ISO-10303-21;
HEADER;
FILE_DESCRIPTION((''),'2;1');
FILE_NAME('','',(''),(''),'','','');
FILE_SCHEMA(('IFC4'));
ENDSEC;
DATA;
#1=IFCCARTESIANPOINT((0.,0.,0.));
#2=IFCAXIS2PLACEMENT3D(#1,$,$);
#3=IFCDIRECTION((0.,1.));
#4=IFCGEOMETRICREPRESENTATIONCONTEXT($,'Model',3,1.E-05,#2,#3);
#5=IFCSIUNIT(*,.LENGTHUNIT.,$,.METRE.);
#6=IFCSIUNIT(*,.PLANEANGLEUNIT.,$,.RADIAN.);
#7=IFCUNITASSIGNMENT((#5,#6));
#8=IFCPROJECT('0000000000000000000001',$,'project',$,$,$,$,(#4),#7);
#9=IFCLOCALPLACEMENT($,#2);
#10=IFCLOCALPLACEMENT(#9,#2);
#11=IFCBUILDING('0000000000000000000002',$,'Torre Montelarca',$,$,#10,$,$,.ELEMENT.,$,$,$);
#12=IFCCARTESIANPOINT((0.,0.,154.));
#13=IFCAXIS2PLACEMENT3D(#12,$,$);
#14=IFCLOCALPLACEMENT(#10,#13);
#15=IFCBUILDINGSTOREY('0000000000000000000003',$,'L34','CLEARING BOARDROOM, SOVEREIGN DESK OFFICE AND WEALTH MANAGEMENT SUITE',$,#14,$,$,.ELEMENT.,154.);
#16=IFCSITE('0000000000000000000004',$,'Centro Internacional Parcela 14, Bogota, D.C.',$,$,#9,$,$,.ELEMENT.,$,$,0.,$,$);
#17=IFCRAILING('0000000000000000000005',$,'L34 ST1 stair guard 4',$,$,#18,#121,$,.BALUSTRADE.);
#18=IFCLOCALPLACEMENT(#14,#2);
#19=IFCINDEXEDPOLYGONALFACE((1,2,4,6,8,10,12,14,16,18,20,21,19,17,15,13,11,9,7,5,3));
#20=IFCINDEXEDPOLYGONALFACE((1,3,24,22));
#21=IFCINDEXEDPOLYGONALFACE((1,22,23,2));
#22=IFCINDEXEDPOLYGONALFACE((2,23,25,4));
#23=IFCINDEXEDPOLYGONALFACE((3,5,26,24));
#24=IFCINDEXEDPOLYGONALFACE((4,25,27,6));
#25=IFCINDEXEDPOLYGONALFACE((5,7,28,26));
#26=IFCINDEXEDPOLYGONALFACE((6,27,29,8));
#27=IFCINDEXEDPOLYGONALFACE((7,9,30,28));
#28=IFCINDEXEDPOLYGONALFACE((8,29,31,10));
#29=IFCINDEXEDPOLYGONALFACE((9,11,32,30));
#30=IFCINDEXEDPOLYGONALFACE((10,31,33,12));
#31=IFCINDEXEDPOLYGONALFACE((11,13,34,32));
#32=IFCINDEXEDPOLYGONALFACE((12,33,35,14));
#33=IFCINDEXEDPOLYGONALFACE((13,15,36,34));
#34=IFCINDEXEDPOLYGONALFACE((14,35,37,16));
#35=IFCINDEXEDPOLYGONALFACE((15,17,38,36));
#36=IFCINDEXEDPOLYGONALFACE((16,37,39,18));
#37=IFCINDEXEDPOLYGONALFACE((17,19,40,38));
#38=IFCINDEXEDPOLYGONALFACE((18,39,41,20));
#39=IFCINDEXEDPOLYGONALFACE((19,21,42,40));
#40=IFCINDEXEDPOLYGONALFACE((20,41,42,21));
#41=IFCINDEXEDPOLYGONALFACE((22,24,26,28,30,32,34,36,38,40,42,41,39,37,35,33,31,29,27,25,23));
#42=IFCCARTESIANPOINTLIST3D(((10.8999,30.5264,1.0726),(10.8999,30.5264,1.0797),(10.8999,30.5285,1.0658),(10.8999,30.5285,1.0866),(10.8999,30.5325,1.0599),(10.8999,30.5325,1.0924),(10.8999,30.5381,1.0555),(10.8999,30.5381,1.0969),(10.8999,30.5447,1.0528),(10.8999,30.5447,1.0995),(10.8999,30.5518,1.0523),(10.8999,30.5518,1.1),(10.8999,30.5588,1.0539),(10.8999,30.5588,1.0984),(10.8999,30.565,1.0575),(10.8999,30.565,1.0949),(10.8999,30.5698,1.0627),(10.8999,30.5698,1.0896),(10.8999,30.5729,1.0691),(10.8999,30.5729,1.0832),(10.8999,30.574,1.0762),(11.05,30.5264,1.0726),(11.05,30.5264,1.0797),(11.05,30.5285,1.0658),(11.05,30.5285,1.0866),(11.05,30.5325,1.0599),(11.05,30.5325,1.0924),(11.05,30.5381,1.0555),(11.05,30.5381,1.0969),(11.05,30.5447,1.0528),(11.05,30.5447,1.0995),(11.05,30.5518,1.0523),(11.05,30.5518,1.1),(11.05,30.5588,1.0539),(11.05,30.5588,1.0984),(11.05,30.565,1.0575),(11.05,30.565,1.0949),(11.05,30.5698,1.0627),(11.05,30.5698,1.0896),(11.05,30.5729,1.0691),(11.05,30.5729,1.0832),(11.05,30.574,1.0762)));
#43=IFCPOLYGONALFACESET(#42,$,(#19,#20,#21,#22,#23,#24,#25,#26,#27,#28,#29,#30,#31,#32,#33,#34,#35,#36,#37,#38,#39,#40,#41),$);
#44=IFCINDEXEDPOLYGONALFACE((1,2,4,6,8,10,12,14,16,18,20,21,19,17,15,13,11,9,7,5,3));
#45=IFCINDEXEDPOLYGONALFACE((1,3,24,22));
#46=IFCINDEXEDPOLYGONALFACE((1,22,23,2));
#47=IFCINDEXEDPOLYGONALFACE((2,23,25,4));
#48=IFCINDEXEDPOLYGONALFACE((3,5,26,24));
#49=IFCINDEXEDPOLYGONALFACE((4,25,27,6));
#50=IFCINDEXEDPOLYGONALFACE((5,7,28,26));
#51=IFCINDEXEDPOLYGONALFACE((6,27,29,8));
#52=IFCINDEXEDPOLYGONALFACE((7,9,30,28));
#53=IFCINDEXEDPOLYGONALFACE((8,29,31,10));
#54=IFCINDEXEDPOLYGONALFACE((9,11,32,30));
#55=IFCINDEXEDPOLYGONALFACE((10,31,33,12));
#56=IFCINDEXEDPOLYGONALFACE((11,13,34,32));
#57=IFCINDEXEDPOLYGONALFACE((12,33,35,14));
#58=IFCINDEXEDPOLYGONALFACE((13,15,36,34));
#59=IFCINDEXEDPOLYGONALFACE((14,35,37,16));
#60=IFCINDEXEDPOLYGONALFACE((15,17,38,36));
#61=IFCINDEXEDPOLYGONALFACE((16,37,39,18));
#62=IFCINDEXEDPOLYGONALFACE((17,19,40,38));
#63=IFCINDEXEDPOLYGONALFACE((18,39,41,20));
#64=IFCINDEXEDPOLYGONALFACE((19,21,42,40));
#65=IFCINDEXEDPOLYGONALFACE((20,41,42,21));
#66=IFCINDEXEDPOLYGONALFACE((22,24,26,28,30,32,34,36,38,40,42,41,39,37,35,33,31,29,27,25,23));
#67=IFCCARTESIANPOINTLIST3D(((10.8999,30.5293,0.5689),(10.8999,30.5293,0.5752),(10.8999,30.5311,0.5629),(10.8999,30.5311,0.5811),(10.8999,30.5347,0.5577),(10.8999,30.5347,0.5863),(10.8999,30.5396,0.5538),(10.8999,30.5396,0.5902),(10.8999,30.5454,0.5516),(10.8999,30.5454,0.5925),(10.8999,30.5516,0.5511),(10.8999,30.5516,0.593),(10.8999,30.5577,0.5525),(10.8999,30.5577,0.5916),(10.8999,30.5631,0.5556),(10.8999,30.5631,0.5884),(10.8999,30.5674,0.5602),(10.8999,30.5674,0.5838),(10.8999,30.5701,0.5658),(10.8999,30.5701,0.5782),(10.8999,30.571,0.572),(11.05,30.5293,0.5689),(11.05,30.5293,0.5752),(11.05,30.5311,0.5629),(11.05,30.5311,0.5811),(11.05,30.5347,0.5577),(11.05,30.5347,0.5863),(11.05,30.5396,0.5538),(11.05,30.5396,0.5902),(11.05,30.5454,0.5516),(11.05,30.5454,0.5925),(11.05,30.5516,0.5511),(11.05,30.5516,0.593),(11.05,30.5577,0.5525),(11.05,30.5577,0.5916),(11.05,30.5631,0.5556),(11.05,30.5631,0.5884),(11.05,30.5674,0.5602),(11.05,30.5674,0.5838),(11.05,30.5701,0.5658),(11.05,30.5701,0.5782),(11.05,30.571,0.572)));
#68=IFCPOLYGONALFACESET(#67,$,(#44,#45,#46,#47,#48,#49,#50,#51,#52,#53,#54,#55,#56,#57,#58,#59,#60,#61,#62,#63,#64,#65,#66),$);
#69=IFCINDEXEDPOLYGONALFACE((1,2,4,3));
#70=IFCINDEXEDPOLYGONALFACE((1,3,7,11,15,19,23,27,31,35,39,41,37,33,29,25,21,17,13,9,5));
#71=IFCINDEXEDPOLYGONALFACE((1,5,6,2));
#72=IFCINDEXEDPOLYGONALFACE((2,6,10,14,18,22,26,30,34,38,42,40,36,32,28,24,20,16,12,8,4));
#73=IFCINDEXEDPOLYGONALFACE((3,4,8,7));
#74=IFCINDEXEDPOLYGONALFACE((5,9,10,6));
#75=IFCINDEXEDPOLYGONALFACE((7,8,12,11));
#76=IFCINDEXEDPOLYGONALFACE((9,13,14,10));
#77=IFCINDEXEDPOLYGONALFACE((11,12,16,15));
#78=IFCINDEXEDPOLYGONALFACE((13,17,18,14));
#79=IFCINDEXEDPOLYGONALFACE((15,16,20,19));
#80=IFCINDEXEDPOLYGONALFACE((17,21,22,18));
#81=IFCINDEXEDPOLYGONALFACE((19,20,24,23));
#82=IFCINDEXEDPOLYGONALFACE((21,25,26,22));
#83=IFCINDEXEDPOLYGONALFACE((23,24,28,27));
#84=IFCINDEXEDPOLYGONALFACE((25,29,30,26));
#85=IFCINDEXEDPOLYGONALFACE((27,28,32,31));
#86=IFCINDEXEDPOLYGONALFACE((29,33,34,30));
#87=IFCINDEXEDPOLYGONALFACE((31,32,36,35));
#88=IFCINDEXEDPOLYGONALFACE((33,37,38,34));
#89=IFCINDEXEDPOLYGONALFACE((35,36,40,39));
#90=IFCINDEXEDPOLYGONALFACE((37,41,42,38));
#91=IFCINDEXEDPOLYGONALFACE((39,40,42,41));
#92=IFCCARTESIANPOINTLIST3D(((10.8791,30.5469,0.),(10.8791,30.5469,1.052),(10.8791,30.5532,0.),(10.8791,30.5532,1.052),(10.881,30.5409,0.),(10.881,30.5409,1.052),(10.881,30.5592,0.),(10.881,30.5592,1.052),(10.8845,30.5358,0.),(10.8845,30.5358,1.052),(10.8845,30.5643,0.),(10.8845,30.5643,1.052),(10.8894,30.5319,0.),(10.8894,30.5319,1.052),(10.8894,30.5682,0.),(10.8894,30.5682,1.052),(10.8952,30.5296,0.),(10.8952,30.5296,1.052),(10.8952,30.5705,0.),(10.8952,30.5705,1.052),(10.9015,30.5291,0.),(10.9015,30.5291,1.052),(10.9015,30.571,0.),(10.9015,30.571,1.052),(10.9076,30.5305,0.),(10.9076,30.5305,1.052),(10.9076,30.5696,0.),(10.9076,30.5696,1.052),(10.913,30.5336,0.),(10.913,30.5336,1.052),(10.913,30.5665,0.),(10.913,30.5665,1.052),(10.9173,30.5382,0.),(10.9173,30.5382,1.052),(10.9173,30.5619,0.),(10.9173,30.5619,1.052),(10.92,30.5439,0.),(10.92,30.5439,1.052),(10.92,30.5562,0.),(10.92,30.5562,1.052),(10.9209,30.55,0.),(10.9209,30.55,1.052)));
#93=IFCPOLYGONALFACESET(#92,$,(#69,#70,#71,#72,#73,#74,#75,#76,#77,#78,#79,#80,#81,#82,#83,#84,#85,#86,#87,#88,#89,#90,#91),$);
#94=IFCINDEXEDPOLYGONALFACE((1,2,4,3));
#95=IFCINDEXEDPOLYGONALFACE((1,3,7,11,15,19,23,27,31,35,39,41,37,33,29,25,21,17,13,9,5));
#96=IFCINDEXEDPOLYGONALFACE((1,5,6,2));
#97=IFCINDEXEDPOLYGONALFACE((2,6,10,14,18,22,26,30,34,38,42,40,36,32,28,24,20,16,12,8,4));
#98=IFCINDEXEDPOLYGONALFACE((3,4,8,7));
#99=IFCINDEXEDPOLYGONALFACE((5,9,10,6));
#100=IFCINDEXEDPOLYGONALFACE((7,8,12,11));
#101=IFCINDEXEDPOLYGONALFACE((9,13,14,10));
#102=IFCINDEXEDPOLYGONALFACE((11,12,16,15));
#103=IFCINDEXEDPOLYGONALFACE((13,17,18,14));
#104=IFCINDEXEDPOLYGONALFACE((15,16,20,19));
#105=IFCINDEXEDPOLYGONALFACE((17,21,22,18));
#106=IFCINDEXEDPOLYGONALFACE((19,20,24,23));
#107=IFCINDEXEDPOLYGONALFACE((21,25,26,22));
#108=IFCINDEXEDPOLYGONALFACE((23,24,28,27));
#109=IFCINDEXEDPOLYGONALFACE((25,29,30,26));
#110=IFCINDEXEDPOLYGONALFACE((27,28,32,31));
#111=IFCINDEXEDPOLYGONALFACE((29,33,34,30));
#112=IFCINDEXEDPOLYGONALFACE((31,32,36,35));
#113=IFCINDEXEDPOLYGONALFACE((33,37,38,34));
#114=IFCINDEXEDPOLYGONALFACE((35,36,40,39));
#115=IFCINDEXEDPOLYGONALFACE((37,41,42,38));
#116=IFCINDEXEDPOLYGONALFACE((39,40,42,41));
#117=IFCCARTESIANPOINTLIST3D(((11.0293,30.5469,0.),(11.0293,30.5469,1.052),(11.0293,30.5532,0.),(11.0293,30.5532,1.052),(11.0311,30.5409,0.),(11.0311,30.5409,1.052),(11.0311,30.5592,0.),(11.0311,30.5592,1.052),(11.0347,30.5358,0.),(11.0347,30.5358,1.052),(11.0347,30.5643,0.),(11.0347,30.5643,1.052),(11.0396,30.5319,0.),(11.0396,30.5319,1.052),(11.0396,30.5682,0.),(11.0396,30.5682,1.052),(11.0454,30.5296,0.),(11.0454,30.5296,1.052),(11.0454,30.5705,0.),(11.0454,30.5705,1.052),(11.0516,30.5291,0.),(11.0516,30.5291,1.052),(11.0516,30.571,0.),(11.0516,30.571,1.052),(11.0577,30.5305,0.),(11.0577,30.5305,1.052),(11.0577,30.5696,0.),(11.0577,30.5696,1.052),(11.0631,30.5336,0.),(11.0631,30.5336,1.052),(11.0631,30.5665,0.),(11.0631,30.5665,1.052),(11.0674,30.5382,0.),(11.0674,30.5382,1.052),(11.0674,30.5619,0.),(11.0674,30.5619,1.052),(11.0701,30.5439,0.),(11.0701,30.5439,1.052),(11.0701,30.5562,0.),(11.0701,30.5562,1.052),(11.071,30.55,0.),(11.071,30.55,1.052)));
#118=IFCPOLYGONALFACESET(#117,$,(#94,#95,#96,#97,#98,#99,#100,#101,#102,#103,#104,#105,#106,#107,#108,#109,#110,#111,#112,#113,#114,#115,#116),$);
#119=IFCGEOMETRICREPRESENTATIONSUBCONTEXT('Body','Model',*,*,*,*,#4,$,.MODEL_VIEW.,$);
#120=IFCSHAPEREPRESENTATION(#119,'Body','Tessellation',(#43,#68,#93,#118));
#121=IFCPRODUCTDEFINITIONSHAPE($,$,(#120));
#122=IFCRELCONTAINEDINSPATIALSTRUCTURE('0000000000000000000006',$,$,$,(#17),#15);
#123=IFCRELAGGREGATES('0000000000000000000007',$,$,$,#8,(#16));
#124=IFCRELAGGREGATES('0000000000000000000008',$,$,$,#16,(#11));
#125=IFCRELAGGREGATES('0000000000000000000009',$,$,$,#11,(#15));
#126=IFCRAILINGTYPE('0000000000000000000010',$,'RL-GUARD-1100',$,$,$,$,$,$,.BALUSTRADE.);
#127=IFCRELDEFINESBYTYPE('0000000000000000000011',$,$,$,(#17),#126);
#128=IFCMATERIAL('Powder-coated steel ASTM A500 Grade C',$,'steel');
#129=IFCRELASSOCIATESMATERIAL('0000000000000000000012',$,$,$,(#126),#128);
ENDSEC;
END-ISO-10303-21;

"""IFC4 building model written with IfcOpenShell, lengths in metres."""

from ifc_helpers import new_model, si_unit, direction, frame, origin, origin_2d, place, context, subcontext, project, spatial, circle, extrude, material, type_object, element, save


model = new_model("IFC4")

# Units and contexts
model_context = context("Model", 3, precision=1e-05, world=origin(), true_north=direction((0.0, 1.0)))
body_context = subcontext(model_context, "Body", "Model", "MODEL_VIEW")
ifc_project = project(units=[si_unit("LENGTHUNIT", "METRE"), si_unit("PLANEANGLEUNIT", "RADIAN")], contexts=[model_context])

# Site, building, storey
site_placement = place(None, origin())
site = spatial("IfcSite", under=ifc_project, at=site_placement, Name="Centro Internacional Parcela 14, Bogota, D.C.", CompositionType="ELEMENT", RefElevation=0.0)
building_placement = place(site_placement, origin())
building = spatial("IfcBuilding", under=site, at=building_placement, Name="Torre Montelarca", CompositionType="ELEMENT")
storey_placement = place(building_placement, frame((0.0, 0.0, 154.0)))
storey = spatial("IfcBuildingStorey", under=building, at=storey_placement, Name="L34", Description="CLEARING BOARDROOM, SOVEREIGN DESK OFFICE AND WEALTH MANAGEMENT SUITE", CompositionType="ELEMENT", Elevation=154.0)

# Railing
ifc_material_1 = material(Name="Powder-coated steel ASTM A500 Grade C", Category="steel")
railing_type = type_object("IfcRailingType", Name="RL-GUARD-1100", PredefinedType="BALUSTRADE", material=ifc_material_1)
railing_1_placement = place(storey_placement, frame((10.8999, 30.55, 0.0)))
element("IfcRailing", 1, at=railing_1_placement, inside=storey, type_object=railing_type, Name="L34 ST1 stair guard 4", PredefinedType="BALUSTRADE", context=body_context, shape_type="SweptSolid", body=[
    extrude(circle(Radius=0.0239, at=origin_2d()), frame((0.0, 0.0, 1.0762), z_axis=(1.0, 0.0, 0.0), x_axis=(0.0, 1.0, 0.0)), (0.0, 0.0, 1.0), 0.1501),
    extrude(circle(Radius=0.021, at=origin_2d()), frame((0.0, 0.0, 0.572), z_axis=(1.0, 0.0, 0.0), x_axis=(0.0, 1.0, 0.0)), (0.0, 0.0, 1.0), 0.1501),
    extrude(circle(Radius=0.021, at=origin_2d()), origin(), (0.0, 0.0, 1.0), 1.052),
    extrude(circle(Radius=0.021, at=origin_2d()), frame((0.1501, 0.0, 0.0)), (0.0, 0.0, 1.0), 1.052),
])

save(model, "model.ifc")
